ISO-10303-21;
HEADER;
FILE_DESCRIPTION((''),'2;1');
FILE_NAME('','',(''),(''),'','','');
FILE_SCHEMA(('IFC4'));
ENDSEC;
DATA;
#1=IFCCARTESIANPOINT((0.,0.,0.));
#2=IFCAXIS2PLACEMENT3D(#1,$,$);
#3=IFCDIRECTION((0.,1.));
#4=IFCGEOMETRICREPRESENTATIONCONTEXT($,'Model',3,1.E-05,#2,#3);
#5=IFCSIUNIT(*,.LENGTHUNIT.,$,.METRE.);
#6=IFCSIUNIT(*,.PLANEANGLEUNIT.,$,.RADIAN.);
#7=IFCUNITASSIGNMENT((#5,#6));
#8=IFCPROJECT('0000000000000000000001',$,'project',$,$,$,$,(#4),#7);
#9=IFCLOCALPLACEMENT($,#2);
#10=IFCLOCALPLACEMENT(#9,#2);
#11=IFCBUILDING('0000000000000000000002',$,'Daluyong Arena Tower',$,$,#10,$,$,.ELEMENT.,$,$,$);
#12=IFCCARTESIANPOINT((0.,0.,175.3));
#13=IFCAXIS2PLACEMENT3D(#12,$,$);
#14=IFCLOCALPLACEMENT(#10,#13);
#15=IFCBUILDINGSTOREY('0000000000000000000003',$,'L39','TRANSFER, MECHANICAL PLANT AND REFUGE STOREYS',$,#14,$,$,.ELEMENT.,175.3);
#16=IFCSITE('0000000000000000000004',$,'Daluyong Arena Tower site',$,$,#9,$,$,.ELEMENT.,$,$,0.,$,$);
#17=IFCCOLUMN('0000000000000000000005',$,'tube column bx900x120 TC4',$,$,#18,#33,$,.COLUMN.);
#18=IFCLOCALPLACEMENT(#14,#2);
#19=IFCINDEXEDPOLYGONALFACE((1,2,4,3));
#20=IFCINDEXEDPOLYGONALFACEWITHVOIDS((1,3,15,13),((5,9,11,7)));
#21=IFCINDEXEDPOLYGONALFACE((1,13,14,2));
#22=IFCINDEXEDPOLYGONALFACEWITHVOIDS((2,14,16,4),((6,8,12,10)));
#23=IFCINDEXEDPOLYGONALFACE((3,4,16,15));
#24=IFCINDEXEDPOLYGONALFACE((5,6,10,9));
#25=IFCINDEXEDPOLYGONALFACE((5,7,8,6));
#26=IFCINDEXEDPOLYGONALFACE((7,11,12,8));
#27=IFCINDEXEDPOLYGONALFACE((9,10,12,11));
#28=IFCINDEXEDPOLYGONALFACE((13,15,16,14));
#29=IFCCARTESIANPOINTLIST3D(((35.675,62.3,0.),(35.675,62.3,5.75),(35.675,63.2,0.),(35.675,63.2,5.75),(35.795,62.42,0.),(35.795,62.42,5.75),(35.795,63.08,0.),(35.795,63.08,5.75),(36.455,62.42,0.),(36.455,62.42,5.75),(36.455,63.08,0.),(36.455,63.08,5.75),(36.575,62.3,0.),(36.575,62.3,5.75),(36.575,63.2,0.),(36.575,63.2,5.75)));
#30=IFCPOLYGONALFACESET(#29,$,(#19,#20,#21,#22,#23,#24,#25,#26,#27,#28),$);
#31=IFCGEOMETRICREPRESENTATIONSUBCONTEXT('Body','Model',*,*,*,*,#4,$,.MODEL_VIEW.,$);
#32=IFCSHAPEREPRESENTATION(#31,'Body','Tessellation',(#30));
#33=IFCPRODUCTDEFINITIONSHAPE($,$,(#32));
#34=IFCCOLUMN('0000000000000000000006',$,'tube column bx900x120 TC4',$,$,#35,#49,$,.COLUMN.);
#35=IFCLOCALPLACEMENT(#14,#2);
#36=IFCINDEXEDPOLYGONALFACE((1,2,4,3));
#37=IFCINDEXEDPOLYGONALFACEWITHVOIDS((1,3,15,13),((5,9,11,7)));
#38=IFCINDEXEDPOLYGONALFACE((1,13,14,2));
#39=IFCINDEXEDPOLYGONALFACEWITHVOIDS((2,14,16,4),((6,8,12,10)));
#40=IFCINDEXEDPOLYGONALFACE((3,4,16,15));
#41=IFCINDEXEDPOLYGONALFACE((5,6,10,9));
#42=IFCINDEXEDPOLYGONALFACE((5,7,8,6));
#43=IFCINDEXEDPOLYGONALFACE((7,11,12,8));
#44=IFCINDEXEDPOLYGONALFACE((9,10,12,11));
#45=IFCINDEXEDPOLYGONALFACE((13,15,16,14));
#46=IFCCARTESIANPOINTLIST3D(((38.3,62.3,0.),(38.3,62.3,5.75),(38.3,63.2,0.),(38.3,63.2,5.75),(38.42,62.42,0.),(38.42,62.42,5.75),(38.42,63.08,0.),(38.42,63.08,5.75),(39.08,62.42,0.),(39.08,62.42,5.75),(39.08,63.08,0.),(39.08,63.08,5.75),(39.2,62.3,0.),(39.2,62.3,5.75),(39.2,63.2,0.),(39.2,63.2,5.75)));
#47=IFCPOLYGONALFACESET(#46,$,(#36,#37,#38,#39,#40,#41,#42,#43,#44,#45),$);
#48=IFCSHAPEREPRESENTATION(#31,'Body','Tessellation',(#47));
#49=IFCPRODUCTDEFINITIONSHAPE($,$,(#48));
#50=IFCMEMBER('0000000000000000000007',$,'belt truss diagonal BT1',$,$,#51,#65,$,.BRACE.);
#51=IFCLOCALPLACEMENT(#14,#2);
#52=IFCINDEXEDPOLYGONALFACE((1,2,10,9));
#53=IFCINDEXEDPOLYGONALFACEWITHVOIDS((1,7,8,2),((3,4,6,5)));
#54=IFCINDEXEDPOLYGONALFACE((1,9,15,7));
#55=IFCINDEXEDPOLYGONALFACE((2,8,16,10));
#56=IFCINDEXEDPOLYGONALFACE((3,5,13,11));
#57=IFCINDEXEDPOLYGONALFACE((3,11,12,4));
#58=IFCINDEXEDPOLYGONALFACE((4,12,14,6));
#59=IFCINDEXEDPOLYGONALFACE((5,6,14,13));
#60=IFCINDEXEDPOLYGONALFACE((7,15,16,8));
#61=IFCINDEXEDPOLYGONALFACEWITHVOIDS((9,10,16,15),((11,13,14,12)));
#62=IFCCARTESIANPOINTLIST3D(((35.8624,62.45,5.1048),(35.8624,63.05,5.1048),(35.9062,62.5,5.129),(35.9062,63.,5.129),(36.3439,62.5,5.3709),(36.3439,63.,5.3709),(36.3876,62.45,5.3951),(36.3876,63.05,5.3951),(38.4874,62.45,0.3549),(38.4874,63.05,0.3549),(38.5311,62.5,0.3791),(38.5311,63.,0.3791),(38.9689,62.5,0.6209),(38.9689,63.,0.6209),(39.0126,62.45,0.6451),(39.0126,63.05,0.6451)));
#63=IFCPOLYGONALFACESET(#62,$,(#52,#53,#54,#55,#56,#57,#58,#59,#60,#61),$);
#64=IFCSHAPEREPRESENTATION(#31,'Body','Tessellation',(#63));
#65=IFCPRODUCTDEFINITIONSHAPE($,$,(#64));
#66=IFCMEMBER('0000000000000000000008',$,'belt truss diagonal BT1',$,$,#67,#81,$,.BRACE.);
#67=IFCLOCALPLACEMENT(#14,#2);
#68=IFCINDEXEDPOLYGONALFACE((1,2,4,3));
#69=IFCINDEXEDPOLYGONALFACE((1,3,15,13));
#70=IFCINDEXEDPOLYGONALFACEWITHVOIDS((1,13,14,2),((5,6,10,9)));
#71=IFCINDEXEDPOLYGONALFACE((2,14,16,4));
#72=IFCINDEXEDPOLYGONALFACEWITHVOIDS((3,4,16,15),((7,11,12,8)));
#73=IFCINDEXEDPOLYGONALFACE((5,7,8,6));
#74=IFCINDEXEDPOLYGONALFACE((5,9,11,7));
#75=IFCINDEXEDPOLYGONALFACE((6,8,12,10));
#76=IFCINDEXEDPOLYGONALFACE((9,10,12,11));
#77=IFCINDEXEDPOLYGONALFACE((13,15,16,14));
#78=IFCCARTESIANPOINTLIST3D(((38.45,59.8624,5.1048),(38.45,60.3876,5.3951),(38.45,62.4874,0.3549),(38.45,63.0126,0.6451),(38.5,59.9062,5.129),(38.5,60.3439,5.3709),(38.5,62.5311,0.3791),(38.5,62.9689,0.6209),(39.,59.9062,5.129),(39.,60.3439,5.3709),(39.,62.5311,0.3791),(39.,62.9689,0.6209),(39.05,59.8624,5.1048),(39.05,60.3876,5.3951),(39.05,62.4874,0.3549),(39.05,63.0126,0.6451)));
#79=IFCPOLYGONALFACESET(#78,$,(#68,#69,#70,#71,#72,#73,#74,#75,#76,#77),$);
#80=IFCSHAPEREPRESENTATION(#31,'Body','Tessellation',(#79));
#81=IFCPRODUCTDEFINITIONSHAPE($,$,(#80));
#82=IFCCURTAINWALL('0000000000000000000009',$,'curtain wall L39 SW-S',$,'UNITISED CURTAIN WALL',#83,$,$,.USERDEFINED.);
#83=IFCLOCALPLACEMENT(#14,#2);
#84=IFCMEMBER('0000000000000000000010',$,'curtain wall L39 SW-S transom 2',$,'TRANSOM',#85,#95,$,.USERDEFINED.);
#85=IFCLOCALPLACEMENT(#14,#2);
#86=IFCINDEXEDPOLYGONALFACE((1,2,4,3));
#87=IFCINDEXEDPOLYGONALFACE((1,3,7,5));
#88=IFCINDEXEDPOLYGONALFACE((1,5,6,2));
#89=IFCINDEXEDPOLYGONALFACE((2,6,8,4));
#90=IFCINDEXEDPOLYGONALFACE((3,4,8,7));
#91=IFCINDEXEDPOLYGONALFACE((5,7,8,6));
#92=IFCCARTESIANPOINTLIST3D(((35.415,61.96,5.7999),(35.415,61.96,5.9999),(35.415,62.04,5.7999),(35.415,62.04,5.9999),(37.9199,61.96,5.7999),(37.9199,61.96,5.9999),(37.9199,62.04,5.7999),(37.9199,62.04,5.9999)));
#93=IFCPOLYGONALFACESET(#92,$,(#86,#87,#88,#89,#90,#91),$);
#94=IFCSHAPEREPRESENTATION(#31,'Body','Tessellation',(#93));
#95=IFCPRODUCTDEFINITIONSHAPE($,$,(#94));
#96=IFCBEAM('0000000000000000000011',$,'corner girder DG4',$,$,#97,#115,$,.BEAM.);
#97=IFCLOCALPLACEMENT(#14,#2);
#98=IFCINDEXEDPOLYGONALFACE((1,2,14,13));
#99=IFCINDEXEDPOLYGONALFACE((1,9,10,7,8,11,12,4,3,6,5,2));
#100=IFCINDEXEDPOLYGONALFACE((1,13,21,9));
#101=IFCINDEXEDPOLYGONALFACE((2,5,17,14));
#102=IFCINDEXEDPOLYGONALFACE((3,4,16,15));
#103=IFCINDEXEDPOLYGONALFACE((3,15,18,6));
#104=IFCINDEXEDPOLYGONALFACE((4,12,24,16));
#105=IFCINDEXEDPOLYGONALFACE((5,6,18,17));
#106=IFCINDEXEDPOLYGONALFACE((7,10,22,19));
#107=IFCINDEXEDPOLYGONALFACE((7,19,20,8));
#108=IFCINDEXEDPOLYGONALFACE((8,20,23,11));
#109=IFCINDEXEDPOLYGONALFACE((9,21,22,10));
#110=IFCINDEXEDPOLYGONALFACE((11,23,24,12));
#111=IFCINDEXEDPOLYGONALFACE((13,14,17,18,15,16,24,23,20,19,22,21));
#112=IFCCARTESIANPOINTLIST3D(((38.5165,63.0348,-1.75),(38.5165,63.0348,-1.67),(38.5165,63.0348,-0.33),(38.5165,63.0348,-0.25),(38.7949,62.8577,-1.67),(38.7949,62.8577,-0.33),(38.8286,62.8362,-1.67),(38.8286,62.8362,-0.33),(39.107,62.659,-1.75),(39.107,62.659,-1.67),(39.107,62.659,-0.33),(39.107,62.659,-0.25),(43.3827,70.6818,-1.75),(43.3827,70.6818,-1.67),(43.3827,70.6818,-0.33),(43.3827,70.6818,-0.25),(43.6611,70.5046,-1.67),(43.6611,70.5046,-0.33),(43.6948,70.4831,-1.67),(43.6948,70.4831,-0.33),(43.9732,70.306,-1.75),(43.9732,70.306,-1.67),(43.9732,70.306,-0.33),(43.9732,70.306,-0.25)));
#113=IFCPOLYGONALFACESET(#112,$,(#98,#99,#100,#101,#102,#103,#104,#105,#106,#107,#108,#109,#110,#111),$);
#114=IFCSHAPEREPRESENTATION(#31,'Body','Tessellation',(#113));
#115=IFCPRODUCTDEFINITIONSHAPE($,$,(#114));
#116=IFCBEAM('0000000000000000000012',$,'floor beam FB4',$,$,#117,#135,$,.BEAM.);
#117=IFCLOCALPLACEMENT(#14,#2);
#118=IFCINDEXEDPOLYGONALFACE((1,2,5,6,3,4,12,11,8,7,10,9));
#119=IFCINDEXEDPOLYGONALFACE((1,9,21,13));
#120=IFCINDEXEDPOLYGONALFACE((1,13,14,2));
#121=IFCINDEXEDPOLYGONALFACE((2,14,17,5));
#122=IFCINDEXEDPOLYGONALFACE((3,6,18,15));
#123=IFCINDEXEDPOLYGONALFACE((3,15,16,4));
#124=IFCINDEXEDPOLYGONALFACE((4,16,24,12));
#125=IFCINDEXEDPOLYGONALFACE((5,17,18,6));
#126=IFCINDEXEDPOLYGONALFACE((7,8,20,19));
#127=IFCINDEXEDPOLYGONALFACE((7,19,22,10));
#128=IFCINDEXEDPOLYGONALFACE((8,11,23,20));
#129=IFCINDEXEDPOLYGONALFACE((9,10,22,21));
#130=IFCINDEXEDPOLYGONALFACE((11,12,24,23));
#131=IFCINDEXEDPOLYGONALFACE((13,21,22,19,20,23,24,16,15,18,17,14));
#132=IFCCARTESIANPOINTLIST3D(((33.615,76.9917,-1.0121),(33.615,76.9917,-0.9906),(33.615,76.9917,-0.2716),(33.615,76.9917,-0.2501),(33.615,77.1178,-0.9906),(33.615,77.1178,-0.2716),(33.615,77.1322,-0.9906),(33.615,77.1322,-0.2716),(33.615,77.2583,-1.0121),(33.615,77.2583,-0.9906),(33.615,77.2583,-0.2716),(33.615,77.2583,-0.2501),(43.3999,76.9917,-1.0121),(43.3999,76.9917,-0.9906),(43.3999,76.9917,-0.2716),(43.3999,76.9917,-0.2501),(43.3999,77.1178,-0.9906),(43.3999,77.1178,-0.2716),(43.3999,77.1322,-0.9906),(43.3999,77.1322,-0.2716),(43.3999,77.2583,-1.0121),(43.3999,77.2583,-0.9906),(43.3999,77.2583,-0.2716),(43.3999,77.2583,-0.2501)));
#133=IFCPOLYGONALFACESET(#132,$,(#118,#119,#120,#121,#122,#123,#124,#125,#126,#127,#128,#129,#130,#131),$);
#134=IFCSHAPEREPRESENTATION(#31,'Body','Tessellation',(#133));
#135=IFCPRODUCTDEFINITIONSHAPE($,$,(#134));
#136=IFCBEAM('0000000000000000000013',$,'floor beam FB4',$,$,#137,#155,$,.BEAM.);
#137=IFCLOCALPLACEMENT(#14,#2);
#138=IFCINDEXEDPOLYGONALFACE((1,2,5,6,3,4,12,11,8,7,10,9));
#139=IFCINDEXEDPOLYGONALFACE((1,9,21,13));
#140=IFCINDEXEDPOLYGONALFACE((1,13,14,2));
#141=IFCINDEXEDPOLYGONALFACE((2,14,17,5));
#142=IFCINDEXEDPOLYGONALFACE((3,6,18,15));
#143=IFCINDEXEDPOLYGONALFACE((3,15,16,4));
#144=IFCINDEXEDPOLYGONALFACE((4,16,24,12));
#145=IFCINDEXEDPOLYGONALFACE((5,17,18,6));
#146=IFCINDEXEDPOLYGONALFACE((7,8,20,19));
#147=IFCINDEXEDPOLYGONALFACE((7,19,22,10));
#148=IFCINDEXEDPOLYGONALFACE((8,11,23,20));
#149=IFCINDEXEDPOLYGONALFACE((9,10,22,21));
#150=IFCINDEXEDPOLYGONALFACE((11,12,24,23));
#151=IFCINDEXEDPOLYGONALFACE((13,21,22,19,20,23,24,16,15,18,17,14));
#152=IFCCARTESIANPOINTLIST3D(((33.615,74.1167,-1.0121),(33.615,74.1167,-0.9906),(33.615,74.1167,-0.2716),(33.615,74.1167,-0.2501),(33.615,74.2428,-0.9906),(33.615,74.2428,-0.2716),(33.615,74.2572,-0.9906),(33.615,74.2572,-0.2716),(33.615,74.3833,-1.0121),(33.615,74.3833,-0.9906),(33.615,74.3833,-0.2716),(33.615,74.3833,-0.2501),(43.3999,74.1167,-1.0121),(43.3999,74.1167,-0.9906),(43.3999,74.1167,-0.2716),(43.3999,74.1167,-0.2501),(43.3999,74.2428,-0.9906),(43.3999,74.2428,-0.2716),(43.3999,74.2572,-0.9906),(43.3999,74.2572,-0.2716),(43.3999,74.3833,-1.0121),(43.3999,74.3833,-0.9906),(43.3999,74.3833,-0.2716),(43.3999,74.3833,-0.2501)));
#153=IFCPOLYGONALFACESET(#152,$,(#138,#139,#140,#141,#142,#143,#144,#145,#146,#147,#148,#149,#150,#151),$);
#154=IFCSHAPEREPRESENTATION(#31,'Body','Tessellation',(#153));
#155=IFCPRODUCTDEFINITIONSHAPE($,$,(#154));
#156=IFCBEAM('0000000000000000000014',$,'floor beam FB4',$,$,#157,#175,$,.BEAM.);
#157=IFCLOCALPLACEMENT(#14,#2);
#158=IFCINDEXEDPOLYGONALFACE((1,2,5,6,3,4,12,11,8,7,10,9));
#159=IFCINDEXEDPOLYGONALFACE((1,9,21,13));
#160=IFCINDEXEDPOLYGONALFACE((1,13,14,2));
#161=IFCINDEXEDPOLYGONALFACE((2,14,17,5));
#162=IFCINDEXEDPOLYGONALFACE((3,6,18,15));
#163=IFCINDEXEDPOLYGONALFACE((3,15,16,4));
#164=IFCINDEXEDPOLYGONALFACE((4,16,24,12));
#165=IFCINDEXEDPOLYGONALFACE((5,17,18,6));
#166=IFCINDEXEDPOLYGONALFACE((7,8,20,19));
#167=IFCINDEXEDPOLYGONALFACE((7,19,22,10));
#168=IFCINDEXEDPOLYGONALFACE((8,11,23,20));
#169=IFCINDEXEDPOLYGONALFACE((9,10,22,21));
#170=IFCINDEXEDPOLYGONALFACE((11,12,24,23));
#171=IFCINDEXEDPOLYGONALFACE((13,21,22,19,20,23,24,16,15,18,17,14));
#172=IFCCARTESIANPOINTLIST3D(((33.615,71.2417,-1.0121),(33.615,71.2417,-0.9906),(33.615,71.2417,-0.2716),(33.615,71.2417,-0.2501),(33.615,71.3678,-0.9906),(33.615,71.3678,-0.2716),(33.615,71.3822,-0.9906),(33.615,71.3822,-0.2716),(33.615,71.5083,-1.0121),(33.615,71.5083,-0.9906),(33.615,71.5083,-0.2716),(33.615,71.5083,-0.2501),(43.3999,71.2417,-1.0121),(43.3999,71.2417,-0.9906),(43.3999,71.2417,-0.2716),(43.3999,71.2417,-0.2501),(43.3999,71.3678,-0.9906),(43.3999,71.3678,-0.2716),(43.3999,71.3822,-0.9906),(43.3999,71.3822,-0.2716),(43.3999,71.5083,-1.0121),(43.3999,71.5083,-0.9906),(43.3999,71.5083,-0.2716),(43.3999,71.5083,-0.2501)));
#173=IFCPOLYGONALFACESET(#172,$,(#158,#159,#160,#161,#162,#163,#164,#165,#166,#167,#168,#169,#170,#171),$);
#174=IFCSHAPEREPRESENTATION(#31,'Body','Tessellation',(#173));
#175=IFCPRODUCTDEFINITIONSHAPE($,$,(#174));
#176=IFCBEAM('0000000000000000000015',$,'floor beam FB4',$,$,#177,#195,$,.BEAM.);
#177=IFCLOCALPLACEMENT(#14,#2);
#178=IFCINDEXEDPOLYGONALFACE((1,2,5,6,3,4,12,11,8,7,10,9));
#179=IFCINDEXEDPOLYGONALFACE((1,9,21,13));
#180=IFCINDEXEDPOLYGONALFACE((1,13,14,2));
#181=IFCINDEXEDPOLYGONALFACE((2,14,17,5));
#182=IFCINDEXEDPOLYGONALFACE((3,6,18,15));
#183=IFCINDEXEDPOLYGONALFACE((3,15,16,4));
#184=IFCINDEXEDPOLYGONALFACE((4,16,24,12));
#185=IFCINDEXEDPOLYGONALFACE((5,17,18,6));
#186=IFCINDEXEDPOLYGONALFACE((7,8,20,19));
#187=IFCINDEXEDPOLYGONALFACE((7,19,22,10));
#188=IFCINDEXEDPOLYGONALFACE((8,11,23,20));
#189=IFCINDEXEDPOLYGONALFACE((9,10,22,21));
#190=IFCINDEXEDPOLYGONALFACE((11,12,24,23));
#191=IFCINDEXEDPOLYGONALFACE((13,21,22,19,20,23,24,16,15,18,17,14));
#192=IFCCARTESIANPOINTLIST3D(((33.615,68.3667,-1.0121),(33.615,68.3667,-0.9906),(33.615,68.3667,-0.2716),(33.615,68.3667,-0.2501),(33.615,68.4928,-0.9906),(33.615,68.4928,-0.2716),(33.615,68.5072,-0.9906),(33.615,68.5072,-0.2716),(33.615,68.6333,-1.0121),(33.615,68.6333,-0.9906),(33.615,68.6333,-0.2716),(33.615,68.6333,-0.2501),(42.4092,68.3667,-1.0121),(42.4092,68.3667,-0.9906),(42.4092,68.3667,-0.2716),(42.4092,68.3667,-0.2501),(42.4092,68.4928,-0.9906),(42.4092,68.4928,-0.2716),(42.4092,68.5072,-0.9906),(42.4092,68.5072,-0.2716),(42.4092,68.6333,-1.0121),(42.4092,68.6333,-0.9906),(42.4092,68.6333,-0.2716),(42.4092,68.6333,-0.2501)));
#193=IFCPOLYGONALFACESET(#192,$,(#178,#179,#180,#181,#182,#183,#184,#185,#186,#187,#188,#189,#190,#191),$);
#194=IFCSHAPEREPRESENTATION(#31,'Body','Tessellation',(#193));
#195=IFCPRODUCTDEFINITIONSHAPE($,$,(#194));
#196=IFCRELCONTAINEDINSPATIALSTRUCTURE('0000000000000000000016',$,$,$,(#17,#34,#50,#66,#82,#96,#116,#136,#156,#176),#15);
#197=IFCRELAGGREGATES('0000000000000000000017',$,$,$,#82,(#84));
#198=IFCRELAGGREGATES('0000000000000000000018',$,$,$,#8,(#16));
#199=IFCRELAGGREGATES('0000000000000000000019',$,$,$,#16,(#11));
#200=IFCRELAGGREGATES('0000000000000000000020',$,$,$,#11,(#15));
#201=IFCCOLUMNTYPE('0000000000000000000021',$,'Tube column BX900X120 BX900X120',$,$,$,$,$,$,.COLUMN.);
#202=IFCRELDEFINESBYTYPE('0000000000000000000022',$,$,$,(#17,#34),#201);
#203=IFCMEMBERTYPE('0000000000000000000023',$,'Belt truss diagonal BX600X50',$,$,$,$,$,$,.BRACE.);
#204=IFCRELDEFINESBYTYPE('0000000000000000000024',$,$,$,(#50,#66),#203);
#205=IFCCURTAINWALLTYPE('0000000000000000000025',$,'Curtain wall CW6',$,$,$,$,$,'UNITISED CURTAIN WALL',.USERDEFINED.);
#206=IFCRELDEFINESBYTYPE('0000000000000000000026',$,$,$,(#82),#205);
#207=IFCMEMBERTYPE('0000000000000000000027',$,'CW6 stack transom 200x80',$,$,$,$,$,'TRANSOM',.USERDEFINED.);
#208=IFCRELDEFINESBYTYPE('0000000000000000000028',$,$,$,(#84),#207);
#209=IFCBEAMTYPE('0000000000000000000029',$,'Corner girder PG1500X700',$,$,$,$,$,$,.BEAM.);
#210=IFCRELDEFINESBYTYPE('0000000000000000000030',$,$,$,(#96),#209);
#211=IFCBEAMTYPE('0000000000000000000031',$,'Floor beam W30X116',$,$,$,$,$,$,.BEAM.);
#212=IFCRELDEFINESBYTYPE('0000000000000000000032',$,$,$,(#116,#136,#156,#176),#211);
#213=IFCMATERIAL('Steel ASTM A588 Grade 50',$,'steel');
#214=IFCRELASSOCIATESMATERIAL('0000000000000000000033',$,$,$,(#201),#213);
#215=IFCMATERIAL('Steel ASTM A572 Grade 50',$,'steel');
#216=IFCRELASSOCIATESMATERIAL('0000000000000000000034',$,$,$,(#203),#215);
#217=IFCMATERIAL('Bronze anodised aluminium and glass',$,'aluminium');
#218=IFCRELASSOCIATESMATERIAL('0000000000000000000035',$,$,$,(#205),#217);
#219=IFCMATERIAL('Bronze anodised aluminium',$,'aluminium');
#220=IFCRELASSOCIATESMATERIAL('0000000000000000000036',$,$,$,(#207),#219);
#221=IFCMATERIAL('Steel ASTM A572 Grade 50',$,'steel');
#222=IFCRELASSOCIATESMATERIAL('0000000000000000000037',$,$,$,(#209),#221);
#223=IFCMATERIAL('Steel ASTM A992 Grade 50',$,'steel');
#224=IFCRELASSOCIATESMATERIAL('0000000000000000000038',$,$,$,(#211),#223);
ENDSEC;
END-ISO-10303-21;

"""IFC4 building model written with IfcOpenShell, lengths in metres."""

from ifc_helpers import new_model, si_unit, direction, frame, origin, origin_2d, place, context, subcontext, project, spatial, rectangle, hollow_rectangle, i_section, extrude, material, material_profile, profile_set, type_object, element, aggregate, save


model = new_model("IFC4")

# Units and contexts
model_context = context("Model", 3, precision=1e-05, world=origin(), true_north=direction((0.0, 1.0)))
body_context = subcontext(model_context, "Body", "Model", "MODEL_VIEW")
ifc_project = project(units=[si_unit("LENGTHUNIT", "METRE"), si_unit("PLANEANGLEUNIT", "RADIAN")], contexts=[model_context])

# Site, building, storey
site_placement = place(None, origin())
site = spatial("IfcSite", under=ifc_project, at=site_placement, Name="Daluyong Arena Tower site", CompositionType="ELEMENT", RefElevation=0.0)
building_placement = place(site_placement, origin())
building = spatial("IfcBuilding", under=site, at=building_placement, Name="Daluyong Arena Tower", CompositionType="ELEMENT")
storey_placement = place(building_placement, frame((0.0, 0.0, 175.3)))
storey = spatial("IfcBuildingStorey", under=building, at=storey_placement, Name="L39", Description="TRANSFER, MECHANICAL PLANT AND REFUGE STOREYS", CompositionType="ELEMENT", Elevation=175.3)

# Columns
ifc_material_1 = material(Name="Steel ASTM A588 Grade 50", Category="steel")
ifc_material_profile_1 = material_profile(ifc_material_1, hollow_rectangle(XDim=0.8999, YDim=0.8999, WallThickness=0.12, at=origin_2d()))
ifc_profile_set_1 = profile_set([ifc_material_profile_1], Name="Steel ASTM A588 Grade 50")
column_type = type_object("IfcColumnType", Name="Tube column BX900X120 BX900X120", PredefinedType="COLUMN", material=ifc_profile_set_1)
for number, where, z_axis, x_axis, name in (
    (1, (36.125, 62.75, 0.0), (0.0, 0.0, 1.0), (1.0, 0.0, 0.0), "tube column bx900x120 TC4"),
    (2, (38.75, 62.75, 0.0), (0.0, 0.0, 1.0), (0.0, 1.0, 0.0), "tube column bx900x120 TC4"),
):
    element("IfcColumn", number, at=place(storey_placement, frame(where, z_axis=z_axis, x_axis=x_axis)), inside=storey, type_object=column_type, Name=name, PredefinedType="COLUMN", context=body_context, shape_type="SweptSolid", body=[
        extrude(hollow_rectangle(XDim=0.8999, YDim=0.8999, WallThickness=0.12, at=origin_2d()), origin(), (0.0, 0.0, 1.0), 5.75),
    ])

# Members
ifc_material_2 = material(Name="Steel ASTM A572 Grade 50", Category="steel")
ifc_material_profile_2 = material_profile(ifc_material_2, hollow_rectangle(XDim=0.6001, YDim=0.6001, WallThickness=0.05, at=origin_2d()))
ifc_profile_set_2 = profile_set([ifc_material_profile_2], Name="Steel ASTM A572 Grade 50")
member_type_1 = type_object("IfcMemberType", Name="Belt truss diagonal BX600X50", PredefinedType="BRACE", material=ifc_profile_set_2)
for number, where, z_axis, x_axis, name in (
    (3, (38.75, 62.75, 0.5), (-0.483686, 0.0, 0.875242), (0.0, -1.0, 0.0), "belt truss diagonal BT1"),
    (4, (38.75, 62.75, 0.5), (0.0, -0.483686, 0.875242), (1.0, 0.0, 0.0), "belt truss diagonal BT1"),
):
    element("IfcMember", number, at=place(storey_placement, frame(where, z_axis=z_axis, x_axis=x_axis)), inside=storey, type_object=member_type_1, Name=name, PredefinedType="BRACE", context=body_context, shape_type="SweptSolid", body=[
        extrude(hollow_rectangle(XDim=0.6001, YDim=0.6001, WallThickness=0.05, at=origin_2d()), origin(), (0.0, 0.0, 1.0), 5.427),
    ])

# Curtain wall, member
ifc_material_3 = material(Name="Bronze anodised aluminium and glass", Category="aluminium")
curtain_wall_type = type_object("IfcCurtainWallType", Name="Curtain wall CW6", ElementType="UNITISED CURTAIN WALL", PredefinedType="USERDEFINED", material=ifc_material_3)
curtain_wall_placement = place(storey_placement, origin())
curtain_wall = element("IfcCurtainWall", 5, at=curtain_wall_placement, inside=storey, type_object=curtain_wall_type, Name="curtain wall L39 SW-S", ObjectType="UNITISED CURTAIN WALL", PredefinedType="USERDEFINED")
ifc_material_4 = material(Name="Bronze anodised aluminium", Category="aluminium")
ifc_material_profile_3 = material_profile(ifc_material_4, rectangle(XDim=0.0801, YDim=0.2, at=origin_2d()))
ifc_profile_set_3 = profile_set([ifc_material_profile_3], Name="Bronze anodised aluminium")
member_type_2 = type_object("IfcMemberType", Name="CW6 stack transom 200x80", ElementType="TRANSOM", PredefinedType="USERDEFINED", material=ifc_profile_set_3)
member_1_placement = place(storey_placement, frame((35.415, 62.0, 5.8999), z_axis=(1.0, 0.0, 0.0), x_axis=(0.0, 1.0, 0.0)))
member_1 = element("IfcMember", 6, at=member_1_placement, type_object=member_type_2, Name="curtain wall L39 SW-S transom 2", ObjectType="TRANSOM", PredefinedType="USERDEFINED", context=body_context, shape_type="SweptSolid", body=[
    extrude(rectangle(XDim=0.0801, YDim=0.2, at=origin_2d()), origin(), (0.0, 0.0, 1.0), 2.5049),
])

# Beams
ifc_material_5 = material(Name="Steel ASTM A572 Grade 50", Category="steel")
ifc_material_profile_4 = material_profile(ifc_material_5, i_section(OverallWidth=0.7, OverallDepth=1.5, WebThickness=0.04, FlangeThickness=0.08, at=origin_2d()))
ifc_profile_set_4 = profile_set([ifc_material_profile_4], Name="Steel ASTM A572 Grade 50")
beam_type_1 = type_object("IfcBeamType", Name="Corner girder PG1500X700", PredefinedType="BEAM", material=ifc_profile_set_4)
beam_1_placement = place(storey_placement, frame((38.8118, 62.8469, -1.0), z_axis=(0.536872, 0.843664, 0.0), x_axis=(-0.843664, 0.536872, 0.0)))
element("IfcBeam", 7, at=beam_1_placement, inside=storey, type_object=beam_type_1, Name="corner girder DG4", PredefinedType="BEAM", context=body_context, shape_type="SweptSolid", body=[
    extrude(i_section(OverallWidth=0.7, OverallDepth=1.5, WebThickness=0.04, FlangeThickness=0.08, at=origin_2d()), origin(), (0.0, 0.0, 1.0), 9.064),
])
ifc_material_6 = material(Name="Steel ASTM A992 Grade 50", Category="steel")
ifc_material_profile_5 = material_profile(ifc_material_6, i_section(OverallWidth=0.2666, OverallDepth=0.762, WebThickness=0.0144, FlangeThickness=0.0215, at=origin_2d()))
ifc_profile_set_5 = profile_set([ifc_material_profile_5], Name="Steel ASTM A992 Grade 50")
beam_type_2 = type_object("IfcBeamType", Name="Floor beam W30X116", PredefinedType="BEAM", material=ifc_profile_set_5)
for number, where, z_axis, x_axis, name in (
    (8, (33.615, 77.125, -0.6311), (1.0, 0.0, 0.0), (0.0, 1.0, 0.0), "floor beam FB4"),
    (9, (33.615, 74.25, -0.6311), (1.0, 0.0, 0.0), (0.0, 1.0, 0.0), "floor beam FB4"),
    (10, (33.615, 71.375, -0.6311), (1.0, 0.0, 0.0), (0.0, 1.0, 0.0), "floor beam FB4"),
):
    element("IfcBeam", number, at=place(storey_placement, frame(where, z_axis=z_axis, x_axis=x_axis)), inside=storey, type_object=beam_type_2, Name=name, PredefinedType="BEAM", context=body_context, shape_type="SweptSolid", body=[
        extrude(i_section(OverallWidth=0.2666, OverallDepth=0.762, WebThickness=0.0144, FlangeThickness=0.0215, at=origin_2d()), origin(), (0.0, 0.0, 1.0), 9.7849),
    ])
beam_2_placement = place(storey_placement, frame((33.615, 68.5, -0.6311), z_axis=(1.0, 0.0, 0.0), x_axis=(0.0, 1.0, 0.0)))
element("IfcBeam", 11, at=beam_2_placement, inside=storey, type_object=beam_type_2, Name="floor beam FB4", PredefinedType="BEAM", context=body_context, shape_type="SweptSolid", body=[
    extrude(i_section(OverallWidth=0.2666, OverallDepth=0.762, WebThickness=0.0144, FlangeThickness=0.0215, at=origin_2d()), origin(), (0.0, 0.0, 1.0), 8.7942),
])

aggregate(curtain_wall, [member_1])

save(model, "model.ifc")
